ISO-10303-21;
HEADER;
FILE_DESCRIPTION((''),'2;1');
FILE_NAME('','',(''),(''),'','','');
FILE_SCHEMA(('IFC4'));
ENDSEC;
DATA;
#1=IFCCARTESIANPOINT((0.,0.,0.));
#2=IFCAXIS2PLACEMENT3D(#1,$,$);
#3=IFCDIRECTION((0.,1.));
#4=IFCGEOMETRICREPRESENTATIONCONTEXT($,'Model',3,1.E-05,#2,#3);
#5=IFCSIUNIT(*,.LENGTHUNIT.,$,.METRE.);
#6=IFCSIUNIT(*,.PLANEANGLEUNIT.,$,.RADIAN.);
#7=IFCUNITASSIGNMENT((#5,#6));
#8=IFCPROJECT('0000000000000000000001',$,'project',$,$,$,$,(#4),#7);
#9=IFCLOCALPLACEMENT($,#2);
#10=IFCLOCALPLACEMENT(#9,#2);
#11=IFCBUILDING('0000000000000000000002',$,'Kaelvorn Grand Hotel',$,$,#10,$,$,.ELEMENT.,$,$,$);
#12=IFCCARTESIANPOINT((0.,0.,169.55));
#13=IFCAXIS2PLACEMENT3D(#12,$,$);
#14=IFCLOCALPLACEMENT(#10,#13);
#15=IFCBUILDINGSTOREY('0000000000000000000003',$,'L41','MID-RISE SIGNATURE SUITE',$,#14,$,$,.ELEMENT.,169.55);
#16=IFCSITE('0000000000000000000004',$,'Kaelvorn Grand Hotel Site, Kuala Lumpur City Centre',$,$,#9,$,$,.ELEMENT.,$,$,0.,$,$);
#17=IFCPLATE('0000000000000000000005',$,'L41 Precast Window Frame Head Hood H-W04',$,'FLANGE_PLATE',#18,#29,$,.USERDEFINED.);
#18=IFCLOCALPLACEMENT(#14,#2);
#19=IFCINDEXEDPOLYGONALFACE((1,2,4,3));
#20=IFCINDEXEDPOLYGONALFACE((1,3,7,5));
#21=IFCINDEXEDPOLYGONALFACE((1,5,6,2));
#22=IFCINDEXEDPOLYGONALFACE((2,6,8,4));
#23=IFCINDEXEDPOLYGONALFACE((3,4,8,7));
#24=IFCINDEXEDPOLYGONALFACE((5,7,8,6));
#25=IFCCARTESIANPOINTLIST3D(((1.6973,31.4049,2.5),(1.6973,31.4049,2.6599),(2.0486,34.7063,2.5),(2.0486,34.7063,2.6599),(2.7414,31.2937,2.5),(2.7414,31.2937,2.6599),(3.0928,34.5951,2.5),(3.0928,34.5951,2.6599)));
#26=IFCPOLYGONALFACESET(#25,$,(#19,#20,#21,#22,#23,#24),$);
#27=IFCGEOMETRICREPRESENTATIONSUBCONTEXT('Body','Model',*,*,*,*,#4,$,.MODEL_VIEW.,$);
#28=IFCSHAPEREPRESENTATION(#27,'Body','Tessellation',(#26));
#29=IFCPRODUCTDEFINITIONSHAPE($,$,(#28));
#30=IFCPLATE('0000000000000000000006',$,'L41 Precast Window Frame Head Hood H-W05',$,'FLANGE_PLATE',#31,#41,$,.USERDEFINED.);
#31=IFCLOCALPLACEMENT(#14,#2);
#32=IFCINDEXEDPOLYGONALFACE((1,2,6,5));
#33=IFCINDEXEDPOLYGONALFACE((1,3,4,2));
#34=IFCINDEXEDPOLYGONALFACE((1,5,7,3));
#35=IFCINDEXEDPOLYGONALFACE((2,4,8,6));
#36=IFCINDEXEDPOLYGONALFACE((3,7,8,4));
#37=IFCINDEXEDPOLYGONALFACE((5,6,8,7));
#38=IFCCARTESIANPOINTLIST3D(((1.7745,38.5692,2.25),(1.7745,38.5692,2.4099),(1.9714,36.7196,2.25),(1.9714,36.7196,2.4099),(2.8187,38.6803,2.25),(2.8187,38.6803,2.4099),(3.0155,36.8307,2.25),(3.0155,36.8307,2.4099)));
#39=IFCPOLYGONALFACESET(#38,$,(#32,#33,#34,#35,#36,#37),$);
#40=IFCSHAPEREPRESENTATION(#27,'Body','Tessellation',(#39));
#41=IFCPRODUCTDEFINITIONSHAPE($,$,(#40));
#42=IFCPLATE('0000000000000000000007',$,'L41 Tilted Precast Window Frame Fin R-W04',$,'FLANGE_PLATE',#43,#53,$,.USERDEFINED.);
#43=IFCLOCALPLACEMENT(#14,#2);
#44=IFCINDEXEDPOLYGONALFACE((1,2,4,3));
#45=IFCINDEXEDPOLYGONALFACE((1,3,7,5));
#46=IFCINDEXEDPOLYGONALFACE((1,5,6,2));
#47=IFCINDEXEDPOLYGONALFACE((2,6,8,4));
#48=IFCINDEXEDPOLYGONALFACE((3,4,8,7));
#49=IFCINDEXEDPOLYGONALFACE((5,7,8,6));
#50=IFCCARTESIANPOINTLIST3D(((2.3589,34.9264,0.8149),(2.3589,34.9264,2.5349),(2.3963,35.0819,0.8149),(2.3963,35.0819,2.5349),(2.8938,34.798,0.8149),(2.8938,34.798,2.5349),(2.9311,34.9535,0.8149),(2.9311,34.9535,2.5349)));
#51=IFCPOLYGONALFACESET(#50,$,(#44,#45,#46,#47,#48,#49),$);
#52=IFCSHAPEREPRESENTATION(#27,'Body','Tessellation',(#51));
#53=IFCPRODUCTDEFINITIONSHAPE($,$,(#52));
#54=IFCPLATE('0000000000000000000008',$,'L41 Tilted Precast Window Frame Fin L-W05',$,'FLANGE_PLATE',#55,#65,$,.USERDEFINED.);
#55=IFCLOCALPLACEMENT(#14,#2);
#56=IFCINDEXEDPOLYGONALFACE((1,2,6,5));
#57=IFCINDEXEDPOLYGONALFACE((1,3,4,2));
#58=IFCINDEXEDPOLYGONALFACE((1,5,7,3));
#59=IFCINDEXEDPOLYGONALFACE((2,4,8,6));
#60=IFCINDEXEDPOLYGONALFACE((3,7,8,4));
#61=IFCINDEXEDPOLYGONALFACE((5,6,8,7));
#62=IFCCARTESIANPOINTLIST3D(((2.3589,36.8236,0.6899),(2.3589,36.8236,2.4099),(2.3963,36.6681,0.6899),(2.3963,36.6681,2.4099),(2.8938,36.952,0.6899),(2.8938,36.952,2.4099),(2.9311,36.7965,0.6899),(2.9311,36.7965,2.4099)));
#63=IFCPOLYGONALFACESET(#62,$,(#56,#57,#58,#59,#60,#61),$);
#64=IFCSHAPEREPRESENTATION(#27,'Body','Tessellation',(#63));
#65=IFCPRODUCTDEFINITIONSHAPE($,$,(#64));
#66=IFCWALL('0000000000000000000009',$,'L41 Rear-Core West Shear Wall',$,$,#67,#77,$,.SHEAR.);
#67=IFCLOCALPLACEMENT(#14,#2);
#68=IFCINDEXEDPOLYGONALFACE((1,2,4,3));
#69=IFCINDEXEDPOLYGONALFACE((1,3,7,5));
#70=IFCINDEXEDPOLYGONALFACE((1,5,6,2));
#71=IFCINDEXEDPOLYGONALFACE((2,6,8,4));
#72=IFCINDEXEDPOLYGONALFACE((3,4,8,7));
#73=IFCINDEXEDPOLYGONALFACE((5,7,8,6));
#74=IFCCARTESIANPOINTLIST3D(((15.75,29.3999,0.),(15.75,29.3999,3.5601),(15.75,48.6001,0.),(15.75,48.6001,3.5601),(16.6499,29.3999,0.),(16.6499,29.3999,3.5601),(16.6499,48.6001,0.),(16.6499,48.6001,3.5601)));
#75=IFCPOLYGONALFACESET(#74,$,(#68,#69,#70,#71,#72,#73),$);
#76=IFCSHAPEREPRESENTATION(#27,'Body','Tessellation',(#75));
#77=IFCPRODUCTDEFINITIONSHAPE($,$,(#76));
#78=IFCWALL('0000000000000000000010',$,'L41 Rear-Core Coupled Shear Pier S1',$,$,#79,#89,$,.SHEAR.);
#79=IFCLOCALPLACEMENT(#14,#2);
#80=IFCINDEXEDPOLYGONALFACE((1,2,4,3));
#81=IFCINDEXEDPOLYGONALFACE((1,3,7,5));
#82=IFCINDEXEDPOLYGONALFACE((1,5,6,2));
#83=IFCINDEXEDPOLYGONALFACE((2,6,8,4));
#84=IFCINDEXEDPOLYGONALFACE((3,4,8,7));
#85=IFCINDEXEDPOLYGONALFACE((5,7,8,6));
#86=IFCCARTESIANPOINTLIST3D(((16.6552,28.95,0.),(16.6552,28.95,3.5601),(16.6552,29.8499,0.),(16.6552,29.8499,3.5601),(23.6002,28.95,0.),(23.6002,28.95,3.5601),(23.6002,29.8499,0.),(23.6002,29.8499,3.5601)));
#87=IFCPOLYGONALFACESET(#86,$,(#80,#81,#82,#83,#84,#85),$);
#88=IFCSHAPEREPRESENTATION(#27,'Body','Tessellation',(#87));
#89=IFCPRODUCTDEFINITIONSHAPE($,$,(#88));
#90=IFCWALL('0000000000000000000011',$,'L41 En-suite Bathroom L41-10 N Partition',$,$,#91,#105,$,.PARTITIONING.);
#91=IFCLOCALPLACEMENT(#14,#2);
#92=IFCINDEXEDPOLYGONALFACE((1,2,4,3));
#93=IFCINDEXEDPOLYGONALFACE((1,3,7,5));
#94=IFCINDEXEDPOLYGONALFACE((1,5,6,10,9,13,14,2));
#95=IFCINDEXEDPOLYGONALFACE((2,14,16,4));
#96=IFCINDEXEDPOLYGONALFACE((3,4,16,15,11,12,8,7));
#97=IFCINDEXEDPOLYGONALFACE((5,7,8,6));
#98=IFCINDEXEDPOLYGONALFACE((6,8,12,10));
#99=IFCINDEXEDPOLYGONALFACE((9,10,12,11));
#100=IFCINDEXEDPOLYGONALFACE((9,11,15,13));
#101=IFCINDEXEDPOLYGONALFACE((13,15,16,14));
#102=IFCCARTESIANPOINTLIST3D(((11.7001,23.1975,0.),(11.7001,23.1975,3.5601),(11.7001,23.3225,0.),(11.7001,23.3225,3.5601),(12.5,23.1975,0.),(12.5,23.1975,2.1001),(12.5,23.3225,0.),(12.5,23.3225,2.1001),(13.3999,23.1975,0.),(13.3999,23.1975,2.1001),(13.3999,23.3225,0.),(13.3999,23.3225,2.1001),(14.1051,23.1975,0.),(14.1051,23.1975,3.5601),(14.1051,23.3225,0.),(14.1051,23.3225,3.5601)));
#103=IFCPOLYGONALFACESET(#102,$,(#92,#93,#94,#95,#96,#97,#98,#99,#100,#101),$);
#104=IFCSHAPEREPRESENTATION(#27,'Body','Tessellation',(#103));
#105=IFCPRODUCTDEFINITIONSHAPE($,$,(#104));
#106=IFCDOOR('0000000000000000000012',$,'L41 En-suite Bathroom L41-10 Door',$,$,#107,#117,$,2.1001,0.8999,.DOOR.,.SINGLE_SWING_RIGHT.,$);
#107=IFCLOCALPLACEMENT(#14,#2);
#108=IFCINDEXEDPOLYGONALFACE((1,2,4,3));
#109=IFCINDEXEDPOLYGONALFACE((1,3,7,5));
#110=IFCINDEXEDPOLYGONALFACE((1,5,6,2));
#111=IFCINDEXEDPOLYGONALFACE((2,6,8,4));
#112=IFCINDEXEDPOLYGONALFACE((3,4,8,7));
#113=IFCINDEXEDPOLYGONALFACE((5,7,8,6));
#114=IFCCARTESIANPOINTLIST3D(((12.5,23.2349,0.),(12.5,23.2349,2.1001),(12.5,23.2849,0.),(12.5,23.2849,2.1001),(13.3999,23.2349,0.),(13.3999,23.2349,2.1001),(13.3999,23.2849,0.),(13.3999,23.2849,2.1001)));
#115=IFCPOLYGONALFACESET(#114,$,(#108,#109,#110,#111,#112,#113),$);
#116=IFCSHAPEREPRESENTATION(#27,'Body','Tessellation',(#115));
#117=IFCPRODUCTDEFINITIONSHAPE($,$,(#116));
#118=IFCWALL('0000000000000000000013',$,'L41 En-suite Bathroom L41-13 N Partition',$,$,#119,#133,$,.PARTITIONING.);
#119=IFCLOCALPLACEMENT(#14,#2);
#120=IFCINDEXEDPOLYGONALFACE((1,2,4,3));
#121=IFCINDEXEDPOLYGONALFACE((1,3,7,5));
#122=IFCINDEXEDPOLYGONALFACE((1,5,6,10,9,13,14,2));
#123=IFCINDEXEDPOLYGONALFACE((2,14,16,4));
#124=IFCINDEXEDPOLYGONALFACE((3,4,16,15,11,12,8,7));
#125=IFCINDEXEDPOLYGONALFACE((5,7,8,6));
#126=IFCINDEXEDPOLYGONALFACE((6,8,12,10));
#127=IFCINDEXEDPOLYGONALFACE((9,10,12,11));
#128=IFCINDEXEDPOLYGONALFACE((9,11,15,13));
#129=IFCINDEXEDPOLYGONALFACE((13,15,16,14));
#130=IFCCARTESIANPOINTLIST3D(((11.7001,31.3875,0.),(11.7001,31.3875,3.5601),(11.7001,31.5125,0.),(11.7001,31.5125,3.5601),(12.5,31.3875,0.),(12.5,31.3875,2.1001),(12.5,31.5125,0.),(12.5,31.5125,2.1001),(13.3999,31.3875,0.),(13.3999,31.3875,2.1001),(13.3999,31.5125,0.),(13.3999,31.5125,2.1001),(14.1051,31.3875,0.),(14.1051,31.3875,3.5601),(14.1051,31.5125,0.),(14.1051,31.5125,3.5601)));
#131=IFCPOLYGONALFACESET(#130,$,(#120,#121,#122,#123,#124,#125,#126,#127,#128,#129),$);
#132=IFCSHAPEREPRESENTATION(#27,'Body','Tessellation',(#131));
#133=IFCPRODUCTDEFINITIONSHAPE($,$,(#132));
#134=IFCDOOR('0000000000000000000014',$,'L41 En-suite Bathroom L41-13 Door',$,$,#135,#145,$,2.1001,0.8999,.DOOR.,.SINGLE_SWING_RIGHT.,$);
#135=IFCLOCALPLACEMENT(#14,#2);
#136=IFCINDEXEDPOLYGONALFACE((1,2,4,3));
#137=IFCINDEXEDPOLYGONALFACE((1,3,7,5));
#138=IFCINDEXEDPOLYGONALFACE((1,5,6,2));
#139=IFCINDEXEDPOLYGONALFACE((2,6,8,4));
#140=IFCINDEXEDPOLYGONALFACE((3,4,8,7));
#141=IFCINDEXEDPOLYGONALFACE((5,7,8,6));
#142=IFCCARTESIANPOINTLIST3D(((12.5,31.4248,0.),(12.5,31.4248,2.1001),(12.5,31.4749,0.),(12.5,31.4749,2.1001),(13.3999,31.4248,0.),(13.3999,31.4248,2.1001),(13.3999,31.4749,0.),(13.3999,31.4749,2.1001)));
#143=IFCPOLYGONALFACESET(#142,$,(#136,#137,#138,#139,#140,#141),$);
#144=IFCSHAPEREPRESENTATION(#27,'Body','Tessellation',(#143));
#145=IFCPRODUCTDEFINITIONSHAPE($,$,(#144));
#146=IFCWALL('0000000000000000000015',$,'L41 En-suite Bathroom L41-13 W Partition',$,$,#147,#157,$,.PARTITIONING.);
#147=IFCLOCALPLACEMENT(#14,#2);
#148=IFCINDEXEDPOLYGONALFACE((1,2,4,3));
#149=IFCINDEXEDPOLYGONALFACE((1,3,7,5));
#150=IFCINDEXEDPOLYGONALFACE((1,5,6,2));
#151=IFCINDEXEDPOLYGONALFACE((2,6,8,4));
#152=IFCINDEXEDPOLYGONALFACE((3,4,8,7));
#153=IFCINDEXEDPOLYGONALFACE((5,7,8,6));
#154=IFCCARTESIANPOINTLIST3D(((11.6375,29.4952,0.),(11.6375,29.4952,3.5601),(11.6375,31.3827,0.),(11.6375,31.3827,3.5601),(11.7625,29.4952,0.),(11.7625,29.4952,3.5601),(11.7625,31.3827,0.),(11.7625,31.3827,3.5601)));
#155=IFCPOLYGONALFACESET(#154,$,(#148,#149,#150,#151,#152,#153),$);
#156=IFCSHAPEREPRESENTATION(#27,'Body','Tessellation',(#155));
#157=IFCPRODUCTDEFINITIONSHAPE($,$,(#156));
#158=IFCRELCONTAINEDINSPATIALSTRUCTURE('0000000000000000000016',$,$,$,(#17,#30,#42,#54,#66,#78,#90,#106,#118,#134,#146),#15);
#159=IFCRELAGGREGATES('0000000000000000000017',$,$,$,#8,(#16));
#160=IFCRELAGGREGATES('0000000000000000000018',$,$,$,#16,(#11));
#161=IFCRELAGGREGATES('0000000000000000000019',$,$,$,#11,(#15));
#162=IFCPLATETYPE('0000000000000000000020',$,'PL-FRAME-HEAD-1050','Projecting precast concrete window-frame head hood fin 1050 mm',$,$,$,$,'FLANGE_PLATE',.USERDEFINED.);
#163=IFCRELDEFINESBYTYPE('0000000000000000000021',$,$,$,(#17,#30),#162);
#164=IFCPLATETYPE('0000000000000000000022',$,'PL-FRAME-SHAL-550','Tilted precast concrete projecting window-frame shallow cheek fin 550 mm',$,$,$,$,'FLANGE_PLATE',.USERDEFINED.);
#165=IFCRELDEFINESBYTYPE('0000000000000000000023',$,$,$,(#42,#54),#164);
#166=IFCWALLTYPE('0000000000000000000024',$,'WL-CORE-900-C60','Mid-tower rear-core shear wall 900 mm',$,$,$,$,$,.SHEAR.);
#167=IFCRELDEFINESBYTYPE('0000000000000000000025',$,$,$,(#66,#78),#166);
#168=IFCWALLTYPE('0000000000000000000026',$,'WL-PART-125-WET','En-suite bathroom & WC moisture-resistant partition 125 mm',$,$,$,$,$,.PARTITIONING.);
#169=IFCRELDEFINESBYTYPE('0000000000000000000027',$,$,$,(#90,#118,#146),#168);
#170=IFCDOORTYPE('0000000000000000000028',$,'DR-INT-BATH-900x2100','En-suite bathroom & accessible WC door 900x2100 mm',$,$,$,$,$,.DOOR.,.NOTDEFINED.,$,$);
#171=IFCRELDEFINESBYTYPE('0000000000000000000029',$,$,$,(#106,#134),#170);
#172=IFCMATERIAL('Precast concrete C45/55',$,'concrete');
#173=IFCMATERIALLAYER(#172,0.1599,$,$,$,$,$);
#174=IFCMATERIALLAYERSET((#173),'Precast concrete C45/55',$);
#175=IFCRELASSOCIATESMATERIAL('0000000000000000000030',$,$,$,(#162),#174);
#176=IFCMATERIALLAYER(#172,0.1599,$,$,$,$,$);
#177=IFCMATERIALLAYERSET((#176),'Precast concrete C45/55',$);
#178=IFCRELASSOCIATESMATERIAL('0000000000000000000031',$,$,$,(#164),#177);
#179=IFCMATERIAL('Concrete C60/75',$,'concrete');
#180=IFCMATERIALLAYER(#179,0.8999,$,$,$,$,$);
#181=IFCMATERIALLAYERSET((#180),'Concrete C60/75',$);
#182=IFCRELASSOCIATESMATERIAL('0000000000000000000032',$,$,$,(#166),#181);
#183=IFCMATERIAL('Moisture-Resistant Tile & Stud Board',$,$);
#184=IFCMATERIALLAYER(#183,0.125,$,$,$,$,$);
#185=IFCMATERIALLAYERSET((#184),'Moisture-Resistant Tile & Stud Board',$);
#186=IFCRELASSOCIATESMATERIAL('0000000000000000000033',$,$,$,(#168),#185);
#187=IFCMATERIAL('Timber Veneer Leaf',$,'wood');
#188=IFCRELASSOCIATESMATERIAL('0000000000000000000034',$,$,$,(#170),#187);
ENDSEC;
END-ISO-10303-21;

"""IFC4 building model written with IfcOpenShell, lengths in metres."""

from ifc_helpers import new_model, si_unit, direction, frame, frame_2d, origin, origin_2d, place, context, subcontext, project, spatial, rectangle, extrude, material, layer, layer_set, type_object, element, fill, save


model = new_model("IFC4")

# Units and contexts
model_context = context("Model", 3, precision=1e-05, world=origin(), true_north=direction((0.0, 1.0)))
body_context = subcontext(model_context, "Body", "Model", "MODEL_VIEW")
ifc_project = project(units=[si_unit("LENGTHUNIT", "METRE"), si_unit("PLANEANGLEUNIT", "RADIAN")], contexts=[model_context])

# Site, building, storey
site_placement = place(None, origin())
site = spatial("IfcSite", under=ifc_project, at=site_placement, Name="Kaelvorn Grand Hotel Site, Kuala Lumpur City Centre", CompositionType="ELEMENT", RefElevation=0.0)
building_placement = place(site_placement, origin())
building = spatial("IfcBuilding", under=site, at=building_placement, Name="Kaelvorn Grand Hotel", CompositionType="ELEMENT")
storey_placement = place(building_placement, frame((0.0, 0.0, 169.55)))
storey = spatial("IfcBuildingStorey", under=building, at=storey_placement, Name="L41", Description="MID-RISE SIGNATURE SUITE", CompositionType="ELEMENT", Elevation=169.55)

# Shared definitions
ifc_material_1 = material(Name="Concrete C60/75", Category="concrete")

# Plates
ifc_material_2 = material(Name="Precast concrete C45/55", Category="concrete")
ifc_layer_1 = layer(ifc_material_2, 0.1599)
ifc_layer_set_1 = layer_set([ifc_layer_1], Name="Precast concrete C45/55")
plate_type_1 = type_object("IfcPlateType", Name="PL-FRAME-HEAD-1050", Description="Projecting precast concrete window-frame head hood fin 1050 mm", ElementType="FLANGE_PLATE", PredefinedType="USERDEFINED", material=ifc_layer_set_1)
for number, where, z_axis, x_axis, name in (
    (1, (2.395, 33.0, 2.5), (0.0, 0.0, 1.0), (0.10583, 0.994384, 0.0), "L41 Precast Window Frame Head Hood H-W04"),
):
    element("IfcPlate", number, at=place(storey_placement, frame(where, z_axis=z_axis, x_axis=x_axis)), inside=storey, type_object=plate_type_1, Name=name, ObjectType="FLANGE_PLATE", PredefinedType="USERDEFINED", context=body_context, shape_type="SweptSolid", body=[
        extrude(rectangle(XDim=3.3201, YDim=1.05, at=origin_2d()), origin(), (0.0, 0.0, 1.0), 0.1599),
    ])
plate_placement = place(storey_placement, frame((2.395, 37.7, 2.25), z_axis=(0.0, 0.0, 1.0), x_axis=(-0.10583, 0.994384, 0.0)))
element("IfcPlate", 2, at=plate_placement, inside=storey, type_object=plate_type_1, Name="L41 Precast Window Frame Head Hood H-W05", ObjectType="FLANGE_PLATE", PredefinedType="USERDEFINED", context=body_context, shape_type="SweptSolid", body=[
    extrude(rectangle(XDim=1.8601, YDim=1.05, at=origin_2d()), origin(), (0.0, 0.0, 1.0), 0.1599),
])
ifc_layer_2 = layer(ifc_material_2, 0.1599)
ifc_layer_set_2 = layer_set([ifc_layer_2], Name="Precast concrete C45/55")
plate_type_2 = type_object("IfcPlateType", Name="PL-FRAME-SHAL-550", Description="Tilted precast concrete projecting window-frame shallow cheek fin 550 mm", ElementType="FLANGE_PLATE", PredefinedType="USERDEFINED", material=ifc_layer_set_2)
for number, where, z_axis, x_axis, name in (
    (3, (2.645, 34.9399, 0.8149), (0.0, 0.0, 1.0), (0.233445, 0.97237, 0.0), "L41 Tilted Precast Window Frame Fin R-W04"),
    (4, (2.645, 36.8101, 0.6899), (0.0, 0.0, 1.0), (-0.233445, 0.97237, 0.0), "L41 Tilted Precast Window Frame Fin L-W05"),
):
    element("IfcPlate", number, at=place(storey_placement, frame(where, z_axis=z_axis, x_axis=x_axis)), inside=storey, type_object=plate_type_2, Name=name, ObjectType="FLANGE_PLATE", PredefinedType="USERDEFINED", context=body_context, shape_type="SweptSolid", body=[
        extrude(rectangle(XDim=0.1599, YDim=0.55, at=origin_2d()), origin(), (0.0, 0.0, 1.0), 1.72),
    ])

# Walls
ifc_layer_3 = layer(ifc_material_1, 0.8999)
ifc_layer_set_3 = layer_set([ifc_layer_3], Name="Concrete C60/75")
wall_type_1 = type_object("IfcWallType", Name="WL-CORE-900-C60", Description="Mid-tower rear-core shear wall 900 mm", PredefinedType="SHEAR", material=ifc_layer_set_3)
wall_1_placement = place(storey_placement, frame((16.2, 29.3999, 0.0), z_axis=(0.0, 0.0, 1.0), x_axis=(0.0, 1.0, 0.0)))
element("IfcWall", 5, at=wall_1_placement, inside=storey, type_object=wall_type_1, Name="L41 Rear-Core West Shear Wall", PredefinedType="SHEAR", context=body_context, shape_type="SweptSolid", body=[
    extrude(rectangle(XDim=19.2002, YDim=0.8999, at=frame_2d((9.6001, 0.0))), origin(), (0.0, 0.0, 1.0), 3.5601),
])
wall_2_placement = place(storey_placement, frame((16.655, 29.3999, 0.0), z_axis=(0.0, 0.0, 1.0), x_axis=(1.0, 0.0, 0.0)))
element("IfcWall", 6, at=wall_2_placement, inside=storey, type_object=wall_type_1, Name="L41 Rear-Core Coupled Shear Pier S1", PredefinedType="SHEAR", context=body_context, shape_type="SweptSolid", body=[
    extrude(rectangle(XDim=6.9451, YDim=0.8999, at=frame_2d((3.4727, 0.0))), origin(), (0.0, 0.0, 1.0), 3.5601),
])

# Walls, openings, doors
ifc_material_3 = material(Name="Moisture-Resistant Tile & Stud Board")
ifc_layer_4 = layer(ifc_material_3, 0.125)
ifc_layer_set_4 = layer_set([ifc_layer_4], Name="Moisture-Resistant Tile & Stud Board")
wall_type_2 = type_object("IfcWallType", Name="WL-PART-125-WET", Description="En-suite bathroom & WC moisture-resistant partition 125 mm", PredefinedType="PARTITIONING", material=ifc_layer_set_4)
wall_3_placement = place(storey_placement, frame((11.7, 23.26, 0.0), z_axis=(0.0, 0.0, 1.0), x_axis=(1.0, 0.0, 0.0)))
wall_3 = element("IfcWall", 7, at=wall_3_placement, inside=storey, type_object=wall_type_2, Name="L41 En-suite Bathroom L41-10 N Partition", PredefinedType="PARTITIONING", context=body_context, shape_type="SweptSolid", body=[
    extrude(rectangle(XDim=2.405, YDim=0.125, at=frame_2d((1.2026, 0.0))), origin(), (0.0, 0.0, 1.0), 3.5601),
])
opening_1_placement = place(wall_3_placement, frame((0.8, 0.0, 0.0)))
opening_1 = element("IfcOpeningElement", 8, at=opening_1_placement, cuts=wall_3, PredefinedType="OPENING", context=body_context, shape_type="SweptSolid", body=[
    extrude(rectangle(XDim=0.8999, YDim=2.1001, at=frame_2d((0.45, 1.05))), frame((0.0, 0.0725, 0.0), z_axis=(0.0, -1.0, 0.0), x_axis=(1.0, 0.0, 0.0)), (0.0, 0.0, 1.0), 0.145),
])
ifc_material_4 = material(Name="Timber Veneer Leaf", Category="wood")
door_type_1 = type_object("IfcDoorType", Name="DR-INT-BATH-900x2100", Description="En-suite bathroom & accessible WC door 900x2100 mm", OperationType="NOTDEFINED", PredefinedType="DOOR", material=ifc_material_4)
door_1_placement = place(opening_1_placement, origin())
door_1 = element("IfcDoor", 9, at=door_1_placement, inside=storey, type_object=door_type_1, Name="L41 En-suite Bathroom L41-10 Door", OperationType="SINGLE_SWING_RIGHT", OverallHeight=2.1001, OverallWidth=0.8999, PredefinedType="DOOR", context=body_context, shape_type="SweptSolid", body=[
    extrude(rectangle(XDim=0.8999, YDim=2.1001, at=frame_2d((0.45, 1.05))), frame((0.0, 0.0249, 0.0), z_axis=(0.0, -1.0, 0.0), x_axis=(1.0, 0.0, 0.0)), (0.0, 0.0, 1.0), 0.05),
])
fill(opening_1, door_1)
wall_4_placement = place(storey_placement, frame((11.7, 31.45, 0.0), z_axis=(0.0, 0.0, 1.0), x_axis=(1.0, 0.0, 0.0)))
wall_4 = element("IfcWall", 10, at=wall_4_placement, inside=storey, type_object=wall_type_2, Name="L41 En-suite Bathroom L41-13 N Partition", PredefinedType="PARTITIONING", context=body_context, shape_type="SweptSolid", body=[
    extrude(rectangle(XDim=2.405, YDim=0.125, at=frame_2d((1.2026, 0.0))), origin(), (0.0, 0.0, 1.0), 3.5601),
])
opening_2_placement = place(wall_4_placement, frame((0.8, 0.0, 0.0)))
opening_2 = element("IfcOpeningElement", 11, at=opening_2_placement, cuts=wall_4, PredefinedType="OPENING", context=body_context, shape_type="SweptSolid", body=[
    extrude(rectangle(XDim=0.8999, YDim=2.1001, at=frame_2d((0.45, 1.05))), frame((0.0, 0.0725, 0.0), z_axis=(0.0, -1.0, 0.0), x_axis=(1.0, 0.0, 0.0)), (0.0, 0.0, 1.0), 0.145),
])
door_2_placement = place(opening_2_placement, origin())
door_2 = element("IfcDoor", 12, at=door_2_placement, inside=storey, type_object=door_type_1, Name="L41 En-suite Bathroom L41-13 Door", OperationType="SINGLE_SWING_RIGHT", OverallHeight=2.1001, OverallWidth=0.8999, PredefinedType="DOOR", context=body_context, shape_type="SweptSolid", body=[
    extrude(rectangle(XDim=0.8999, YDim=2.1001, at=frame_2d((0.45, 1.05))), frame((0.0, 0.0249, 0.0), z_axis=(0.0, -1.0, 0.0), x_axis=(1.0, 0.0, 0.0)), (0.0, 0.0, 1.0), 0.05),
])
fill(opening_2, door_2)

# Wall
wall_5_placement = place(storey_placement, frame((11.7, 29.4951, 0.0), z_axis=(0.0, 0.0, 1.0), x_axis=(0.0, 1.0, 0.0)))
element("IfcWall", 13, at=wall_5_placement, inside=storey, type_object=wall_type_2, Name="L41 En-suite Bathroom L41-13 W Partition", PredefinedType="PARTITIONING", context=body_context, shape_type="SweptSolid", body=[
    extrude(rectangle(XDim=1.8875, YDim=0.125, at=frame_2d((0.9438, 0.0))), origin(), (0.0, 0.0, 1.0), 3.5601),
])

save(model, "model.ifc")
